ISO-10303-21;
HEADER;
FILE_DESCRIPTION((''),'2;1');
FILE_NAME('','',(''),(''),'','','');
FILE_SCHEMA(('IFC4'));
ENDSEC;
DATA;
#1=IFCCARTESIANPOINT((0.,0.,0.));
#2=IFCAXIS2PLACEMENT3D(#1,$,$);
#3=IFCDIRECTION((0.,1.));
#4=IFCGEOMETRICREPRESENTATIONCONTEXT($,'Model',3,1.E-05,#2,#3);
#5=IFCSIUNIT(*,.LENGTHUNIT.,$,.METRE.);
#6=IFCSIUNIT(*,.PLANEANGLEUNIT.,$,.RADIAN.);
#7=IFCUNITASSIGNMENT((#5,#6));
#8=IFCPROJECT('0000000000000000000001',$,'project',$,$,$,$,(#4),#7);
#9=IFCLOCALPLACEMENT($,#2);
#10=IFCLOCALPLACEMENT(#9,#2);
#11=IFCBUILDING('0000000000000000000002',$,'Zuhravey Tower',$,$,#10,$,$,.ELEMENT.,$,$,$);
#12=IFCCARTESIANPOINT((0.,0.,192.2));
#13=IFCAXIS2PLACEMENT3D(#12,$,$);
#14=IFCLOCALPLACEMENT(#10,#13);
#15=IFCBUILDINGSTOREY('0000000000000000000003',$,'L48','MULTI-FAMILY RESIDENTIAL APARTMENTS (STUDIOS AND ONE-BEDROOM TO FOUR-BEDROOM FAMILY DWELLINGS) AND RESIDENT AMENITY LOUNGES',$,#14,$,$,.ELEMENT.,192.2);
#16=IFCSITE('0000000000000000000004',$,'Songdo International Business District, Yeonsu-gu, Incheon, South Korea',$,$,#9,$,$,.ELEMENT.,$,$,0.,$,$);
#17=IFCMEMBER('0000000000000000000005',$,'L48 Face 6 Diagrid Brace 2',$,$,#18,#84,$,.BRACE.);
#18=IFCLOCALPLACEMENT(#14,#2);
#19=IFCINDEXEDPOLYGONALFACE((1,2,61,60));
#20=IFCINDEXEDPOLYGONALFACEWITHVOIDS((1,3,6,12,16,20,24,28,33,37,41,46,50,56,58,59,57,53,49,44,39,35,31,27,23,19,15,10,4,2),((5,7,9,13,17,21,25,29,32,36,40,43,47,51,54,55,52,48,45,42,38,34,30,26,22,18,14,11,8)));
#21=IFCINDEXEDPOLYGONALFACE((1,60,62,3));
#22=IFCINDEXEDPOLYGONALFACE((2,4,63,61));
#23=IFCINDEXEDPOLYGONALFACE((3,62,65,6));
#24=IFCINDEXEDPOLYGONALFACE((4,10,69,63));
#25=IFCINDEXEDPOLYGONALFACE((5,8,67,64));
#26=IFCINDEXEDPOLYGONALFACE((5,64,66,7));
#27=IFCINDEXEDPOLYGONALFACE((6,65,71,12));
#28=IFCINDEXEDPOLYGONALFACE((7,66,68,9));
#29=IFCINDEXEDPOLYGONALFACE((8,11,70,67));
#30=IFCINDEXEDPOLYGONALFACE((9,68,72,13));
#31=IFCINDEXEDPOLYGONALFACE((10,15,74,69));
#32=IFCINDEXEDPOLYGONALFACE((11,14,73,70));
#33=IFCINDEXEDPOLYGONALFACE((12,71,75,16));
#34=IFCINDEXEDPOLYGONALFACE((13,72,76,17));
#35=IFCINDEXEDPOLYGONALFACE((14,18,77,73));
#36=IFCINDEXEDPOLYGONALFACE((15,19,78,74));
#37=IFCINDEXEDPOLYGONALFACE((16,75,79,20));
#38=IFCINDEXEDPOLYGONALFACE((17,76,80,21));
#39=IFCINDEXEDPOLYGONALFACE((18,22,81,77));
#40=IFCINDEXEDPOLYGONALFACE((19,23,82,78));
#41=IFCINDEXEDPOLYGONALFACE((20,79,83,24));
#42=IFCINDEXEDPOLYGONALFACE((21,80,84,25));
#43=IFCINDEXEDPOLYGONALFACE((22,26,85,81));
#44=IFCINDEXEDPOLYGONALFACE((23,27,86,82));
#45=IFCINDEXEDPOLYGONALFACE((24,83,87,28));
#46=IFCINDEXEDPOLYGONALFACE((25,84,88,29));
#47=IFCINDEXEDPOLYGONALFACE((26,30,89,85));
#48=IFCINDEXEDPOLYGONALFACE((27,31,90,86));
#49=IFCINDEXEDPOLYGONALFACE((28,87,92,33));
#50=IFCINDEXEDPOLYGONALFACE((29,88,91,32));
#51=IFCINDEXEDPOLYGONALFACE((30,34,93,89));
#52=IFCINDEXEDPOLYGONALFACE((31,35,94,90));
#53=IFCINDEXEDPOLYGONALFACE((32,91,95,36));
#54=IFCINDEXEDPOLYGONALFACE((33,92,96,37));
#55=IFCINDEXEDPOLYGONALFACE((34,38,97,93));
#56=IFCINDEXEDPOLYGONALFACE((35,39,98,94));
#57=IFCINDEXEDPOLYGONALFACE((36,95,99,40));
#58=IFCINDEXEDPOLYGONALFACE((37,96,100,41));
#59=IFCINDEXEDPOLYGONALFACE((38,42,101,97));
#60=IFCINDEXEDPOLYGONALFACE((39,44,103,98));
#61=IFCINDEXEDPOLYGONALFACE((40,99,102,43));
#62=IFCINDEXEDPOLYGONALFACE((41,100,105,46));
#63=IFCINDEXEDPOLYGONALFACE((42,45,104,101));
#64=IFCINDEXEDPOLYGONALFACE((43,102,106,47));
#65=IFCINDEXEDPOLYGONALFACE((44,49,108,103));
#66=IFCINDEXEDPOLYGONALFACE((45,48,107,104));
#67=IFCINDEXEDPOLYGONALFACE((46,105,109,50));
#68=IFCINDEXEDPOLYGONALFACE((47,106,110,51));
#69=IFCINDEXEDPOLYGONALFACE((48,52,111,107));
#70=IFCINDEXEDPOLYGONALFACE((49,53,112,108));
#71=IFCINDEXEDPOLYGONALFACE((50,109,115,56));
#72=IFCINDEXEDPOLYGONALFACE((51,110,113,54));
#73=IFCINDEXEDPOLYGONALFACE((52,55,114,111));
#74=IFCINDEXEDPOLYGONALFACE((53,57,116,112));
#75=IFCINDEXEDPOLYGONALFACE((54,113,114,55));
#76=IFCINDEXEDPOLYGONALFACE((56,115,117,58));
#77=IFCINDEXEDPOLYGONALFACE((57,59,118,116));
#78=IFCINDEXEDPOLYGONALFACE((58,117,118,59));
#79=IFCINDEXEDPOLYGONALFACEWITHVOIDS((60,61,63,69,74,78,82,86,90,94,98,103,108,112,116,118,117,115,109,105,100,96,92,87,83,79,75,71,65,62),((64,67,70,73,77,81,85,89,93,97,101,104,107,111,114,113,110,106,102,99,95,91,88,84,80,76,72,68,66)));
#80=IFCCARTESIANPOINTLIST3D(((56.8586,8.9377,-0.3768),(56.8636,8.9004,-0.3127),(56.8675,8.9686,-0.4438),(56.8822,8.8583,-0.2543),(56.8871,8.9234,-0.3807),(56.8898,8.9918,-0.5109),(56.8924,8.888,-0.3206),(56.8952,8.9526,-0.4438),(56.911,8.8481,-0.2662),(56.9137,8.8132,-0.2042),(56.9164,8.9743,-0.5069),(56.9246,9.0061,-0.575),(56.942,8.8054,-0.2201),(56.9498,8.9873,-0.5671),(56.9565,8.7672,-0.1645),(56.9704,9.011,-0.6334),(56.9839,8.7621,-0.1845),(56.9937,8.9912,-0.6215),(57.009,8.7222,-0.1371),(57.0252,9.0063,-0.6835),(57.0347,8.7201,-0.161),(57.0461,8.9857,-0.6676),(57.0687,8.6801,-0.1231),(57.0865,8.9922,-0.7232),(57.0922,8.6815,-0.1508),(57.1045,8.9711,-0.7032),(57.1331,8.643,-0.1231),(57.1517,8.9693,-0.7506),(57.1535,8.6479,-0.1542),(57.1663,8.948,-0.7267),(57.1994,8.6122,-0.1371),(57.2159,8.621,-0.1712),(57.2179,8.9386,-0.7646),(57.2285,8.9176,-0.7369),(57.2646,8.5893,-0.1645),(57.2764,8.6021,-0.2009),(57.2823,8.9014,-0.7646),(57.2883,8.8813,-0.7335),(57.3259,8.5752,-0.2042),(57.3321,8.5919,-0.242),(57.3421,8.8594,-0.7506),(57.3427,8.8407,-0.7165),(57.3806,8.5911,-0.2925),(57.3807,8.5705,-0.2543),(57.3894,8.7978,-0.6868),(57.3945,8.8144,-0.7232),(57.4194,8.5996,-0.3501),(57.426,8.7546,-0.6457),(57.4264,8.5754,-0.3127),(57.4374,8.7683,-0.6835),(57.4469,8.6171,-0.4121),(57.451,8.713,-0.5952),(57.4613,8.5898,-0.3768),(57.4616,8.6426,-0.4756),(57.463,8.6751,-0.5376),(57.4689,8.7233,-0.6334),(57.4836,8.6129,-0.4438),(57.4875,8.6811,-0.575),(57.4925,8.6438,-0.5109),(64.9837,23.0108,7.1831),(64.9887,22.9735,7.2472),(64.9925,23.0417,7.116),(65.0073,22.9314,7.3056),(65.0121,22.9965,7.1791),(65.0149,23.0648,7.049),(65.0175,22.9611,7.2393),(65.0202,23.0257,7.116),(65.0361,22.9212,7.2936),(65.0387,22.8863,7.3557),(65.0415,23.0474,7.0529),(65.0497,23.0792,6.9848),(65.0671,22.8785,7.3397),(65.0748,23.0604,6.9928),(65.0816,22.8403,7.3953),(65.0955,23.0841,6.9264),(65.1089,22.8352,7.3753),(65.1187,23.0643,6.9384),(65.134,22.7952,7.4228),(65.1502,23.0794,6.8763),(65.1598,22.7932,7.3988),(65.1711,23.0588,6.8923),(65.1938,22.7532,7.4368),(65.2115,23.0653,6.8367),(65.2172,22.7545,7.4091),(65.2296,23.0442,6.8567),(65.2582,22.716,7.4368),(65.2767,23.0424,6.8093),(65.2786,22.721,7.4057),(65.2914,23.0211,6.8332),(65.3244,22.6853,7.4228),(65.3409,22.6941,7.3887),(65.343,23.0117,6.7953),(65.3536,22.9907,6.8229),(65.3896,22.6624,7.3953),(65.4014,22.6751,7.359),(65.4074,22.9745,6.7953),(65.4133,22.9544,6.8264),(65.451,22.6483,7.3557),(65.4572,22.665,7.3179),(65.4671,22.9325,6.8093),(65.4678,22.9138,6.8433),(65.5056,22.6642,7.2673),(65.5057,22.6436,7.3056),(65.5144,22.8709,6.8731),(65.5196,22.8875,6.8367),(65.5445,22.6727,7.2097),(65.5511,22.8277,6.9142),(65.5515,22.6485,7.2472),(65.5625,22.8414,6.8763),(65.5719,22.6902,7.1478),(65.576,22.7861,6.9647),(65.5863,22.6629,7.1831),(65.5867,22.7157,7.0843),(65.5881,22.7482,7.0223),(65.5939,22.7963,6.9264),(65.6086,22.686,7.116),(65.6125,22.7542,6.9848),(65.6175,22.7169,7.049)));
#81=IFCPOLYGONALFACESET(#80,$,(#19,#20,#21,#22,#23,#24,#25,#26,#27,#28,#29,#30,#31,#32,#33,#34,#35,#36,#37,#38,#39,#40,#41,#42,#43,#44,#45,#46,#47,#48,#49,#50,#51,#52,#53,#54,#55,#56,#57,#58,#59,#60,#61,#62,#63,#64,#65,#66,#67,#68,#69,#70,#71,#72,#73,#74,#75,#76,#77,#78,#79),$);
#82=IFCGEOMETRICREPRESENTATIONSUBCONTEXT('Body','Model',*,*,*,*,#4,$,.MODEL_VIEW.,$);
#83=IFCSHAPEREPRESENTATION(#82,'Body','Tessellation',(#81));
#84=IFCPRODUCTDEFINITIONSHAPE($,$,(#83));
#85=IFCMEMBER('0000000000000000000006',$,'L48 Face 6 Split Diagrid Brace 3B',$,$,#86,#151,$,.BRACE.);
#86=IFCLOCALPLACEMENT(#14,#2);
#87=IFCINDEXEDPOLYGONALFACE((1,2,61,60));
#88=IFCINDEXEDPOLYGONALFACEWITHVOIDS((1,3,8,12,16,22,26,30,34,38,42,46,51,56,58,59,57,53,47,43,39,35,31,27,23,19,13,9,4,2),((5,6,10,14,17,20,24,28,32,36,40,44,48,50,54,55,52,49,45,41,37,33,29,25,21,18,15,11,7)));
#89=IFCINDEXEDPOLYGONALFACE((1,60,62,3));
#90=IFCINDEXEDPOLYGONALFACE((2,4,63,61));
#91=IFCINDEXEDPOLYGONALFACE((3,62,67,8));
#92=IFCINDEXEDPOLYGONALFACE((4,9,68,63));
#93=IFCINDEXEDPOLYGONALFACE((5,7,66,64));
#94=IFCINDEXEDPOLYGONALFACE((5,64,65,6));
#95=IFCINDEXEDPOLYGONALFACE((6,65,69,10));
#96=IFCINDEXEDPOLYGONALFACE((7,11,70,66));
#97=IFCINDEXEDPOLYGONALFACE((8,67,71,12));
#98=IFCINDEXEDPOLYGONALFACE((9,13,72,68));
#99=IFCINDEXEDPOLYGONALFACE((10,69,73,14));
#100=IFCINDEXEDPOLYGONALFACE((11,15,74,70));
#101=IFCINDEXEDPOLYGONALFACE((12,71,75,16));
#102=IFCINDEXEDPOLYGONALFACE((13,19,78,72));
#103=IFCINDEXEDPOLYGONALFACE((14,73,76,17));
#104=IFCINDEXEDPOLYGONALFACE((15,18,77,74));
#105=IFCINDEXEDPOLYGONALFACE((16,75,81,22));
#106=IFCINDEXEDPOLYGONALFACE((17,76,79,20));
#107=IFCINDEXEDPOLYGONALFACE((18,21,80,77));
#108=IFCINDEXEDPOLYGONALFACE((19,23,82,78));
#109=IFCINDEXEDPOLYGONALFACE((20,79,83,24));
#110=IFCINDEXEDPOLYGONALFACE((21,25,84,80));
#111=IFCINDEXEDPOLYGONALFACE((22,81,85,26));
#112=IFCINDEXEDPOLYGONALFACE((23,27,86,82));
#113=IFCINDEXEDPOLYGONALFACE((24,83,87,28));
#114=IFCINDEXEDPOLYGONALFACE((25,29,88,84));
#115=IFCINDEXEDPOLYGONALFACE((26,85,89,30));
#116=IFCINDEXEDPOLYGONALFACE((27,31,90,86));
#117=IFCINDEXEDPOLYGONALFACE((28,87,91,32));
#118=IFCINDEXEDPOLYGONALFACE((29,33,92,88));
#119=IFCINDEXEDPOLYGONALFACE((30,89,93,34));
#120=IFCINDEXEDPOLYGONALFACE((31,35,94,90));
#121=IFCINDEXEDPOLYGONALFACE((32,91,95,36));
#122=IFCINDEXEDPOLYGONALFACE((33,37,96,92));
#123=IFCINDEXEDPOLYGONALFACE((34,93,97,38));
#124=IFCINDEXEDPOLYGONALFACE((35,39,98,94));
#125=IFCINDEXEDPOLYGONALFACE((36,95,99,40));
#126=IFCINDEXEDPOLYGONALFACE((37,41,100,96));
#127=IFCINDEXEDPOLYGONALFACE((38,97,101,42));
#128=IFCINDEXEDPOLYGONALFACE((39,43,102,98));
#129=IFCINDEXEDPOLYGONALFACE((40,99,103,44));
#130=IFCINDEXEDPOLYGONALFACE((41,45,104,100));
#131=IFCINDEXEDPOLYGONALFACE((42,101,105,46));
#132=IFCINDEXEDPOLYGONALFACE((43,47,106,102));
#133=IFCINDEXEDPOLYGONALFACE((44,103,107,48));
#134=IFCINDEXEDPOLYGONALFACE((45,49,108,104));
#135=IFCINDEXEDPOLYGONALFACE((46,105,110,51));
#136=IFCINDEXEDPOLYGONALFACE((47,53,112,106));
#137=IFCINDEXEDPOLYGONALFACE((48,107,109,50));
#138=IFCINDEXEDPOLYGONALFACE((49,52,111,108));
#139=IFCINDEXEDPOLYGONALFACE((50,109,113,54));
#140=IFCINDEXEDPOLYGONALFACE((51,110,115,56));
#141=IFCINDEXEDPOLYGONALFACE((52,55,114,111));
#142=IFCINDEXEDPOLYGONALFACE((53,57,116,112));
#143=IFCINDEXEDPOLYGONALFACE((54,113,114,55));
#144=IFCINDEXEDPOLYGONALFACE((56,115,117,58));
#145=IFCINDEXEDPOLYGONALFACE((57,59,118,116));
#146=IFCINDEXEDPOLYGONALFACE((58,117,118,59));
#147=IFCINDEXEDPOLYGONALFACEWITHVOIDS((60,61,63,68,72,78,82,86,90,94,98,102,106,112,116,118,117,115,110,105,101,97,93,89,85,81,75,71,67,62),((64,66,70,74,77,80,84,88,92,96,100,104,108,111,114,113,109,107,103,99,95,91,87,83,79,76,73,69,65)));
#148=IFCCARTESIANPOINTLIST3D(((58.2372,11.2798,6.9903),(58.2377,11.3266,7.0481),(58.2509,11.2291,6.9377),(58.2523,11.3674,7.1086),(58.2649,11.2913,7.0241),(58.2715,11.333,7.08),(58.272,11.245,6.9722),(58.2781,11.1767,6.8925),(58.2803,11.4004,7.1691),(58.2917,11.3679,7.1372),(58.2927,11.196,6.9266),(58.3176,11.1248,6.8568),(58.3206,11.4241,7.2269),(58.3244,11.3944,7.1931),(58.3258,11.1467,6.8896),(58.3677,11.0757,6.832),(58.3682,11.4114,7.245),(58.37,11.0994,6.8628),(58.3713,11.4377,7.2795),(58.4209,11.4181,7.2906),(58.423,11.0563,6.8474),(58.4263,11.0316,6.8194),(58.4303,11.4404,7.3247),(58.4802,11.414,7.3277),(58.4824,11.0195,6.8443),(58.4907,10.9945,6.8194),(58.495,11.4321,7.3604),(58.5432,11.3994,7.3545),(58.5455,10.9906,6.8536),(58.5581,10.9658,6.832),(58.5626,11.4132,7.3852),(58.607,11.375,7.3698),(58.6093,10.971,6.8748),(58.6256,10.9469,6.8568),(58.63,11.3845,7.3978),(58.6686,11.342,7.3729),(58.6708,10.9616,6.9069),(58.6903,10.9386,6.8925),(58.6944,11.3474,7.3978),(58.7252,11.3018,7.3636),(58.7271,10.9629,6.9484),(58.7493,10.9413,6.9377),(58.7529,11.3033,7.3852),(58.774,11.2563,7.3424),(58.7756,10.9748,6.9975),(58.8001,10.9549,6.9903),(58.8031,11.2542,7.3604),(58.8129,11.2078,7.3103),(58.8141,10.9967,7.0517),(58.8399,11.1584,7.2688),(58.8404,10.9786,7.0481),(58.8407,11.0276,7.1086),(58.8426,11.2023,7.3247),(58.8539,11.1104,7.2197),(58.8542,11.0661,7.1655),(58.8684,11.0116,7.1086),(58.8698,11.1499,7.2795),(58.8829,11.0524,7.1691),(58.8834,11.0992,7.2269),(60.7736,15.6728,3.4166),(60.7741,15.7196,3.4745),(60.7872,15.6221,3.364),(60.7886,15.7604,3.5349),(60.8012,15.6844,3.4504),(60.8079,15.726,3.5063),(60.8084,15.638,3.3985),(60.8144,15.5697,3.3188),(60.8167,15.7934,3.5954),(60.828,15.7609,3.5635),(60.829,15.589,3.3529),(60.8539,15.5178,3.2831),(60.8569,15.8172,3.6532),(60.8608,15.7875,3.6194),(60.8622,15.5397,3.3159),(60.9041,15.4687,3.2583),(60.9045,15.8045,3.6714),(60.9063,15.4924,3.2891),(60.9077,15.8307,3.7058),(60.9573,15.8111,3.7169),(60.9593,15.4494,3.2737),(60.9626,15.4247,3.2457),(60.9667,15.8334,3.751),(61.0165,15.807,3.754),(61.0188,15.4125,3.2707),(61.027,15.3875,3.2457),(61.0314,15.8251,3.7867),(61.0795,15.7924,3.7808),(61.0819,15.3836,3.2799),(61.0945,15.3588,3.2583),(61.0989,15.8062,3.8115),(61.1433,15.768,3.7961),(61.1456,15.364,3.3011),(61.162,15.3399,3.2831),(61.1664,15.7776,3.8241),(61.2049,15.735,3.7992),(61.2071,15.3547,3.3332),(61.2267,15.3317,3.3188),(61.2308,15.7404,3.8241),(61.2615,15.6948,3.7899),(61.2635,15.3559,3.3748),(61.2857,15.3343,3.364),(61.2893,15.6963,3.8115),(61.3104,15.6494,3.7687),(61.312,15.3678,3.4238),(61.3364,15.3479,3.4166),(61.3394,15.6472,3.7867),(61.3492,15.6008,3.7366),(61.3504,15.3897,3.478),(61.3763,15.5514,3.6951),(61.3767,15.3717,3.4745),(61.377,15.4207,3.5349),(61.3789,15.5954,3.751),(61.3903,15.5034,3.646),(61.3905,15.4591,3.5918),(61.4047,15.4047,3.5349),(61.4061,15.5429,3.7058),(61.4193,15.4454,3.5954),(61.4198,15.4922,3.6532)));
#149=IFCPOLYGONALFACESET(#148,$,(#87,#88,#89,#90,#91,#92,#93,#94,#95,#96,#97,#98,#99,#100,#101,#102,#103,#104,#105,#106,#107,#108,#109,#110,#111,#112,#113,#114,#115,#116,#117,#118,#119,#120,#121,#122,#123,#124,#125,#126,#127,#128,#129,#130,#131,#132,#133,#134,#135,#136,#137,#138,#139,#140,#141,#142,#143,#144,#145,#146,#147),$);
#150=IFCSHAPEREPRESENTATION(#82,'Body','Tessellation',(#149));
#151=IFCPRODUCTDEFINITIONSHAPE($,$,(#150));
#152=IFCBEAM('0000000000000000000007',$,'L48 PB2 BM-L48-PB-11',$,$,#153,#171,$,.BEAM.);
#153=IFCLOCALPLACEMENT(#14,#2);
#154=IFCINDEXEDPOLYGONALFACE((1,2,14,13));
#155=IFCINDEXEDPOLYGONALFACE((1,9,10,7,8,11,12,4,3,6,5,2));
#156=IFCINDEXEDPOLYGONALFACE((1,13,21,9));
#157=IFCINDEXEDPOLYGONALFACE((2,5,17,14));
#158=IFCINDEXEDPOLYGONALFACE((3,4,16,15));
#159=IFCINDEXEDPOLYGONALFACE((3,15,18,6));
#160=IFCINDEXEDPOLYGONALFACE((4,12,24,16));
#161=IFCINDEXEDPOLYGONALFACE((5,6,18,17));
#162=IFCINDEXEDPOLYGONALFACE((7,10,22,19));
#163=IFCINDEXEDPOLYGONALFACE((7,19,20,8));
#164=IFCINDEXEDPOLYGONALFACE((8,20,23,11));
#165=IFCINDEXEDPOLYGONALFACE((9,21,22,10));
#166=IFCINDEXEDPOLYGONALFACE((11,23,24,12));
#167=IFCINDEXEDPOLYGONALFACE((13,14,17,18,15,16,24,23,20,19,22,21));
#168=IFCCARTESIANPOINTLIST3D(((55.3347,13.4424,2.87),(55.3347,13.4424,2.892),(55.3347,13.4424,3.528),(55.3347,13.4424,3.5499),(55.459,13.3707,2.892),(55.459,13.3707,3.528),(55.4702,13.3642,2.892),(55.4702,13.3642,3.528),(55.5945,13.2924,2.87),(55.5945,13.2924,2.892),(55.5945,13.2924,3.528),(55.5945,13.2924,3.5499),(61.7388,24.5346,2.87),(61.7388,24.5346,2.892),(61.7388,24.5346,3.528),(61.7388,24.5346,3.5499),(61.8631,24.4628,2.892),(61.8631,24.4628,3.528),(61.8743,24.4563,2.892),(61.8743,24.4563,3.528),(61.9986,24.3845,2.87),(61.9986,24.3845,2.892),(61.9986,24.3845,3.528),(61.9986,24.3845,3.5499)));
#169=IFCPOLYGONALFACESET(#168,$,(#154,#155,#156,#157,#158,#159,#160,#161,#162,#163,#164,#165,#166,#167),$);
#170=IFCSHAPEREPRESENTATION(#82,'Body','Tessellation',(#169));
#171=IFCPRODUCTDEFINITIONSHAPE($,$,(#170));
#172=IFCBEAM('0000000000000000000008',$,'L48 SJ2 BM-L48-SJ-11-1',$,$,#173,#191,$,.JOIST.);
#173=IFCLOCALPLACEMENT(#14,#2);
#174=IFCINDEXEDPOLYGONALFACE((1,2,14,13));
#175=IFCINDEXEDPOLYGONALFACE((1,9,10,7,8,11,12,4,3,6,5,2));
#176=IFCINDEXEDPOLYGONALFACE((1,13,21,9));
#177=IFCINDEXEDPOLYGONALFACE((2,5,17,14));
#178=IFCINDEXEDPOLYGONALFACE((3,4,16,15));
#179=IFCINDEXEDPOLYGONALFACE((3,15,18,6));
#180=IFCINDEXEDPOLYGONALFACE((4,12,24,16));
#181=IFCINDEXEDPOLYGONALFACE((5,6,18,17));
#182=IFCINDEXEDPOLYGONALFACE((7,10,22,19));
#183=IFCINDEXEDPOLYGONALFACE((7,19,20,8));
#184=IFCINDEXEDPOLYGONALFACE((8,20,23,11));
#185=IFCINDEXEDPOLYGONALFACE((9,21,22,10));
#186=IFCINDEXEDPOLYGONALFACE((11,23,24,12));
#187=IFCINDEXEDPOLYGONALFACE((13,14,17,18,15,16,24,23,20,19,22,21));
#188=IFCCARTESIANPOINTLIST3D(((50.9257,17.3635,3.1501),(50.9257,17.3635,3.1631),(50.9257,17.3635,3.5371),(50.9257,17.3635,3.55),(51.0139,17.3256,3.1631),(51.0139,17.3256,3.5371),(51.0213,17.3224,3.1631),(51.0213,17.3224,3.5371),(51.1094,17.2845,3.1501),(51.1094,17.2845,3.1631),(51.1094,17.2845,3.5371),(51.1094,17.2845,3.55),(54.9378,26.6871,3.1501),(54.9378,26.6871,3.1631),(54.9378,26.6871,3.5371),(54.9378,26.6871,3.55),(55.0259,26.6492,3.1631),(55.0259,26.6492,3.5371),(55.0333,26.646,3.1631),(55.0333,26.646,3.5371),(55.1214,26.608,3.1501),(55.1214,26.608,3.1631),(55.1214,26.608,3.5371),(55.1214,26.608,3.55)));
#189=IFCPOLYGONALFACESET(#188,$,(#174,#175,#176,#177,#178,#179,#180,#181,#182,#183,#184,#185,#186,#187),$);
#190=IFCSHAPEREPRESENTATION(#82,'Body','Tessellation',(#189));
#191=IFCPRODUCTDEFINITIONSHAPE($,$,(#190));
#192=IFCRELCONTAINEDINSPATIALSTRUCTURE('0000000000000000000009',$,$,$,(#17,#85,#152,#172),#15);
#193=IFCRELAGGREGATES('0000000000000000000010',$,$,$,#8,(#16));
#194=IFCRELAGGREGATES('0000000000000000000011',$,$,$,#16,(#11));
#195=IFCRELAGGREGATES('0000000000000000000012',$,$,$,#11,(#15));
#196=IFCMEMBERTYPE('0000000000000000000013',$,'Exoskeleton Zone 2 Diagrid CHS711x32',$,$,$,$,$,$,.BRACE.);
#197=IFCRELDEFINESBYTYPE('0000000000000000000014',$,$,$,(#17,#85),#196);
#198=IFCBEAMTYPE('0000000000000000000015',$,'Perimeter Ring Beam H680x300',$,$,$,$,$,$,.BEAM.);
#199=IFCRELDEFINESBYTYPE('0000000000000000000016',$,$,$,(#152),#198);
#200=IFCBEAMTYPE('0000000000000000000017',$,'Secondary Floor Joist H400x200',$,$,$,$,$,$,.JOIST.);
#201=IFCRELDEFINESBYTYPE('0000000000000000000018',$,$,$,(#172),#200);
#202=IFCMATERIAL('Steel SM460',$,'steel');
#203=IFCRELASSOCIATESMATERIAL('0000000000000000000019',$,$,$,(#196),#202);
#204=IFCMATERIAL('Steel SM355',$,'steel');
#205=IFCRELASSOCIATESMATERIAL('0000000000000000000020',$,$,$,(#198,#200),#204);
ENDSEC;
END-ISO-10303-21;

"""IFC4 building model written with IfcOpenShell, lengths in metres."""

from ifc_helpers import new_model, si_unit, direction, frame, origin, origin_2d, place, context, subcontext, project, spatial, hollow_circle, i_section, extrude, material, material_profile, profile_set, type_object, element, save


model = new_model("IFC4")

# Units and contexts
model_context = context("Model", 3, precision=1e-05, world=origin(), true_north=direction((0.0, 1.0)))
body_context = subcontext(model_context, "Body", "Model", "MODEL_VIEW")
ifc_project = project(units=[si_unit("LENGTHUNIT", "METRE"), si_unit("PLANEANGLEUNIT", "RADIAN")], contexts=[model_context])

# Site, building, storey
site_placement = place(None, origin())
site = spatial("IfcSite", under=ifc_project, at=site_placement, Name="Songdo International Business District, Yeonsu-gu, Incheon, South Korea", CompositionType="ELEMENT", RefElevation=0.0)
building_placement = place(site_placement, origin())
building = spatial("IfcBuilding", under=site, at=building_placement, Name="Zuhravey Tower", CompositionType="ELEMENT")
storey_placement = place(building_placement, frame((0.0, 0.0, 192.2)))
storey = spatial("IfcBuildingStorey", under=building, at=storey_placement, Name="L48", Description="MULTI-FAMILY RESIDENTIAL APARTMENTS (STUDIOS AND ONE-BEDROOM TO FOUR-BEDROOM FAMILY DWELLINGS) AND RESIDENT AMENITY LOUNGES", CompositionType="ELEMENT", Elevation=192.2)

# Members
ifc_material_1 = material(Name="Steel SM355", Category="steel")
ifc_material_2 = material(Name="Steel SM460", Category="steel")
ifc_material_profile_1 = material_profile(ifc_material_2, hollow_circle(Radius=0.3557, WallThickness=0.032, at=origin_2d()), Name="CHS-711.2x32")
ifc_profile_set_1 = profile_set([ifc_material_profile_1], Name="Steel SM460")
member_type_1 = type_object("IfcMemberType", Name="Exoskeleton Zone 2 Diagrid CHS711x32", PredefinedType="BRACE", material=ifc_profile_set_1)
member_1_placement = place(storey_placement, frame((57.1755, 8.7908, -0.4438), z_axis=(0.453341, 0.785214, 0.421806), x_axis=(-0.866027, 0.499998, 0.0)))
element("IfcMember", 1, at=member_1_placement, inside=storey, type_object=member_type_1, Name="L48 Face 6 Diagrid Brace 2", PredefinedType="BRACE", context=body_context, shape_type="SweptSolid", body=[
    extrude(hollow_circle(Radius=0.3557, WallThickness=0.032, at=origin_2d()), origin(), (0.0, 0.0, 1.0), 17.9226),
])
member_2_placement = place(storey_placement, frame((61.0967, 15.5825, 3.5349), z_axis=(-0.408754, -0.707972, 0.57593), x_axis=(0.866022, -0.500006, 0.0)))
element("IfcMember", 2, at=member_2_placement, inside=storey, type_object=member_type_1, Name="L48 Face 6 Split Diagrid Brace 3B", PredefinedType="BRACE", context=body_context, shape_type="SweptSolid", body=[
    extrude(hollow_circle(Radius=0.3557, WallThickness=0.032, at=origin_2d()), origin(), (0.0, 0.0, 1.0), 6.2051),
])

# Beams
ifc_material_profile_2 = material_profile(ifc_material_1, i_section(OverallWidth=0.3, OverallDepth=0.6799, WebThickness=0.0129, FlangeThickness=0.022, at=origin_2d()), Name="H-680x300x13x22")
ifc_profile_set_2 = profile_set([ifc_material_profile_2], Name="Steel SM355")
beam_type_1 = type_object("IfcBeamType", Name="Perimeter Ring Beam H680x300", PredefinedType="BEAM", material=ifc_profile_set_2)
beam_1_placement = place(storey_placement, frame((55.4646, 13.3674, 3.21), z_axis=(0.500004, 0.866023, 0.0), x_axis=(-0.866023, 0.500004, 0.0)))
element("IfcBeam", 3, at=beam_1_placement, inside=storey, type_object=beam_type_1, Name="L48 PB2 BM-L48-PB-11", PredefinedType="BEAM", context=body_context, shape_type="SweptSolid", body=[
    extrude(i_section(OverallWidth=0.3, OverallDepth=0.6799, WebThickness=0.0129, FlangeThickness=0.022, at=origin_2d()), origin(), (0.0, 0.0, 1.0), 12.8081),
])
ifc_material_profile_3 = material_profile(ifc_material_1, i_section(OverallWidth=0.2, OverallDepth=0.3999, WebThickness=0.0081, FlangeThickness=0.0129, at=origin_2d()), Name="H-400x200x8x13")
ifc_profile_set_3 = profile_set([ifc_material_profile_3], Name="Steel SM355")
beam_type_2 = type_object("IfcBeamType", Name="Secondary Floor Joist H400x200", PredefinedType="JOIST", material=ifc_profile_set_3)
beam_2_placement = place(storey_placement, frame((51.0176, 17.324, 3.3501), z_axis=(0.395266, 0.918567, 0.0), x_axis=(-0.918567, 0.395266, 0.0)))
element("IfcBeam", 4, at=beam_2_placement, inside=storey, type_object=beam_type_2, Name="L48 SJ2 BM-L48-SJ-11-1", PredefinedType="JOIST", context=body_context, shape_type="SweptSolid", body=[
    extrude(i_section(OverallWidth=0.2, OverallDepth=0.3999, WebThickness=0.0081, FlangeThickness=0.0129, at=origin_2d()), origin(), (0.0, 0.0, 1.0), 10.1501),
])

save(model, "model.ifc")
